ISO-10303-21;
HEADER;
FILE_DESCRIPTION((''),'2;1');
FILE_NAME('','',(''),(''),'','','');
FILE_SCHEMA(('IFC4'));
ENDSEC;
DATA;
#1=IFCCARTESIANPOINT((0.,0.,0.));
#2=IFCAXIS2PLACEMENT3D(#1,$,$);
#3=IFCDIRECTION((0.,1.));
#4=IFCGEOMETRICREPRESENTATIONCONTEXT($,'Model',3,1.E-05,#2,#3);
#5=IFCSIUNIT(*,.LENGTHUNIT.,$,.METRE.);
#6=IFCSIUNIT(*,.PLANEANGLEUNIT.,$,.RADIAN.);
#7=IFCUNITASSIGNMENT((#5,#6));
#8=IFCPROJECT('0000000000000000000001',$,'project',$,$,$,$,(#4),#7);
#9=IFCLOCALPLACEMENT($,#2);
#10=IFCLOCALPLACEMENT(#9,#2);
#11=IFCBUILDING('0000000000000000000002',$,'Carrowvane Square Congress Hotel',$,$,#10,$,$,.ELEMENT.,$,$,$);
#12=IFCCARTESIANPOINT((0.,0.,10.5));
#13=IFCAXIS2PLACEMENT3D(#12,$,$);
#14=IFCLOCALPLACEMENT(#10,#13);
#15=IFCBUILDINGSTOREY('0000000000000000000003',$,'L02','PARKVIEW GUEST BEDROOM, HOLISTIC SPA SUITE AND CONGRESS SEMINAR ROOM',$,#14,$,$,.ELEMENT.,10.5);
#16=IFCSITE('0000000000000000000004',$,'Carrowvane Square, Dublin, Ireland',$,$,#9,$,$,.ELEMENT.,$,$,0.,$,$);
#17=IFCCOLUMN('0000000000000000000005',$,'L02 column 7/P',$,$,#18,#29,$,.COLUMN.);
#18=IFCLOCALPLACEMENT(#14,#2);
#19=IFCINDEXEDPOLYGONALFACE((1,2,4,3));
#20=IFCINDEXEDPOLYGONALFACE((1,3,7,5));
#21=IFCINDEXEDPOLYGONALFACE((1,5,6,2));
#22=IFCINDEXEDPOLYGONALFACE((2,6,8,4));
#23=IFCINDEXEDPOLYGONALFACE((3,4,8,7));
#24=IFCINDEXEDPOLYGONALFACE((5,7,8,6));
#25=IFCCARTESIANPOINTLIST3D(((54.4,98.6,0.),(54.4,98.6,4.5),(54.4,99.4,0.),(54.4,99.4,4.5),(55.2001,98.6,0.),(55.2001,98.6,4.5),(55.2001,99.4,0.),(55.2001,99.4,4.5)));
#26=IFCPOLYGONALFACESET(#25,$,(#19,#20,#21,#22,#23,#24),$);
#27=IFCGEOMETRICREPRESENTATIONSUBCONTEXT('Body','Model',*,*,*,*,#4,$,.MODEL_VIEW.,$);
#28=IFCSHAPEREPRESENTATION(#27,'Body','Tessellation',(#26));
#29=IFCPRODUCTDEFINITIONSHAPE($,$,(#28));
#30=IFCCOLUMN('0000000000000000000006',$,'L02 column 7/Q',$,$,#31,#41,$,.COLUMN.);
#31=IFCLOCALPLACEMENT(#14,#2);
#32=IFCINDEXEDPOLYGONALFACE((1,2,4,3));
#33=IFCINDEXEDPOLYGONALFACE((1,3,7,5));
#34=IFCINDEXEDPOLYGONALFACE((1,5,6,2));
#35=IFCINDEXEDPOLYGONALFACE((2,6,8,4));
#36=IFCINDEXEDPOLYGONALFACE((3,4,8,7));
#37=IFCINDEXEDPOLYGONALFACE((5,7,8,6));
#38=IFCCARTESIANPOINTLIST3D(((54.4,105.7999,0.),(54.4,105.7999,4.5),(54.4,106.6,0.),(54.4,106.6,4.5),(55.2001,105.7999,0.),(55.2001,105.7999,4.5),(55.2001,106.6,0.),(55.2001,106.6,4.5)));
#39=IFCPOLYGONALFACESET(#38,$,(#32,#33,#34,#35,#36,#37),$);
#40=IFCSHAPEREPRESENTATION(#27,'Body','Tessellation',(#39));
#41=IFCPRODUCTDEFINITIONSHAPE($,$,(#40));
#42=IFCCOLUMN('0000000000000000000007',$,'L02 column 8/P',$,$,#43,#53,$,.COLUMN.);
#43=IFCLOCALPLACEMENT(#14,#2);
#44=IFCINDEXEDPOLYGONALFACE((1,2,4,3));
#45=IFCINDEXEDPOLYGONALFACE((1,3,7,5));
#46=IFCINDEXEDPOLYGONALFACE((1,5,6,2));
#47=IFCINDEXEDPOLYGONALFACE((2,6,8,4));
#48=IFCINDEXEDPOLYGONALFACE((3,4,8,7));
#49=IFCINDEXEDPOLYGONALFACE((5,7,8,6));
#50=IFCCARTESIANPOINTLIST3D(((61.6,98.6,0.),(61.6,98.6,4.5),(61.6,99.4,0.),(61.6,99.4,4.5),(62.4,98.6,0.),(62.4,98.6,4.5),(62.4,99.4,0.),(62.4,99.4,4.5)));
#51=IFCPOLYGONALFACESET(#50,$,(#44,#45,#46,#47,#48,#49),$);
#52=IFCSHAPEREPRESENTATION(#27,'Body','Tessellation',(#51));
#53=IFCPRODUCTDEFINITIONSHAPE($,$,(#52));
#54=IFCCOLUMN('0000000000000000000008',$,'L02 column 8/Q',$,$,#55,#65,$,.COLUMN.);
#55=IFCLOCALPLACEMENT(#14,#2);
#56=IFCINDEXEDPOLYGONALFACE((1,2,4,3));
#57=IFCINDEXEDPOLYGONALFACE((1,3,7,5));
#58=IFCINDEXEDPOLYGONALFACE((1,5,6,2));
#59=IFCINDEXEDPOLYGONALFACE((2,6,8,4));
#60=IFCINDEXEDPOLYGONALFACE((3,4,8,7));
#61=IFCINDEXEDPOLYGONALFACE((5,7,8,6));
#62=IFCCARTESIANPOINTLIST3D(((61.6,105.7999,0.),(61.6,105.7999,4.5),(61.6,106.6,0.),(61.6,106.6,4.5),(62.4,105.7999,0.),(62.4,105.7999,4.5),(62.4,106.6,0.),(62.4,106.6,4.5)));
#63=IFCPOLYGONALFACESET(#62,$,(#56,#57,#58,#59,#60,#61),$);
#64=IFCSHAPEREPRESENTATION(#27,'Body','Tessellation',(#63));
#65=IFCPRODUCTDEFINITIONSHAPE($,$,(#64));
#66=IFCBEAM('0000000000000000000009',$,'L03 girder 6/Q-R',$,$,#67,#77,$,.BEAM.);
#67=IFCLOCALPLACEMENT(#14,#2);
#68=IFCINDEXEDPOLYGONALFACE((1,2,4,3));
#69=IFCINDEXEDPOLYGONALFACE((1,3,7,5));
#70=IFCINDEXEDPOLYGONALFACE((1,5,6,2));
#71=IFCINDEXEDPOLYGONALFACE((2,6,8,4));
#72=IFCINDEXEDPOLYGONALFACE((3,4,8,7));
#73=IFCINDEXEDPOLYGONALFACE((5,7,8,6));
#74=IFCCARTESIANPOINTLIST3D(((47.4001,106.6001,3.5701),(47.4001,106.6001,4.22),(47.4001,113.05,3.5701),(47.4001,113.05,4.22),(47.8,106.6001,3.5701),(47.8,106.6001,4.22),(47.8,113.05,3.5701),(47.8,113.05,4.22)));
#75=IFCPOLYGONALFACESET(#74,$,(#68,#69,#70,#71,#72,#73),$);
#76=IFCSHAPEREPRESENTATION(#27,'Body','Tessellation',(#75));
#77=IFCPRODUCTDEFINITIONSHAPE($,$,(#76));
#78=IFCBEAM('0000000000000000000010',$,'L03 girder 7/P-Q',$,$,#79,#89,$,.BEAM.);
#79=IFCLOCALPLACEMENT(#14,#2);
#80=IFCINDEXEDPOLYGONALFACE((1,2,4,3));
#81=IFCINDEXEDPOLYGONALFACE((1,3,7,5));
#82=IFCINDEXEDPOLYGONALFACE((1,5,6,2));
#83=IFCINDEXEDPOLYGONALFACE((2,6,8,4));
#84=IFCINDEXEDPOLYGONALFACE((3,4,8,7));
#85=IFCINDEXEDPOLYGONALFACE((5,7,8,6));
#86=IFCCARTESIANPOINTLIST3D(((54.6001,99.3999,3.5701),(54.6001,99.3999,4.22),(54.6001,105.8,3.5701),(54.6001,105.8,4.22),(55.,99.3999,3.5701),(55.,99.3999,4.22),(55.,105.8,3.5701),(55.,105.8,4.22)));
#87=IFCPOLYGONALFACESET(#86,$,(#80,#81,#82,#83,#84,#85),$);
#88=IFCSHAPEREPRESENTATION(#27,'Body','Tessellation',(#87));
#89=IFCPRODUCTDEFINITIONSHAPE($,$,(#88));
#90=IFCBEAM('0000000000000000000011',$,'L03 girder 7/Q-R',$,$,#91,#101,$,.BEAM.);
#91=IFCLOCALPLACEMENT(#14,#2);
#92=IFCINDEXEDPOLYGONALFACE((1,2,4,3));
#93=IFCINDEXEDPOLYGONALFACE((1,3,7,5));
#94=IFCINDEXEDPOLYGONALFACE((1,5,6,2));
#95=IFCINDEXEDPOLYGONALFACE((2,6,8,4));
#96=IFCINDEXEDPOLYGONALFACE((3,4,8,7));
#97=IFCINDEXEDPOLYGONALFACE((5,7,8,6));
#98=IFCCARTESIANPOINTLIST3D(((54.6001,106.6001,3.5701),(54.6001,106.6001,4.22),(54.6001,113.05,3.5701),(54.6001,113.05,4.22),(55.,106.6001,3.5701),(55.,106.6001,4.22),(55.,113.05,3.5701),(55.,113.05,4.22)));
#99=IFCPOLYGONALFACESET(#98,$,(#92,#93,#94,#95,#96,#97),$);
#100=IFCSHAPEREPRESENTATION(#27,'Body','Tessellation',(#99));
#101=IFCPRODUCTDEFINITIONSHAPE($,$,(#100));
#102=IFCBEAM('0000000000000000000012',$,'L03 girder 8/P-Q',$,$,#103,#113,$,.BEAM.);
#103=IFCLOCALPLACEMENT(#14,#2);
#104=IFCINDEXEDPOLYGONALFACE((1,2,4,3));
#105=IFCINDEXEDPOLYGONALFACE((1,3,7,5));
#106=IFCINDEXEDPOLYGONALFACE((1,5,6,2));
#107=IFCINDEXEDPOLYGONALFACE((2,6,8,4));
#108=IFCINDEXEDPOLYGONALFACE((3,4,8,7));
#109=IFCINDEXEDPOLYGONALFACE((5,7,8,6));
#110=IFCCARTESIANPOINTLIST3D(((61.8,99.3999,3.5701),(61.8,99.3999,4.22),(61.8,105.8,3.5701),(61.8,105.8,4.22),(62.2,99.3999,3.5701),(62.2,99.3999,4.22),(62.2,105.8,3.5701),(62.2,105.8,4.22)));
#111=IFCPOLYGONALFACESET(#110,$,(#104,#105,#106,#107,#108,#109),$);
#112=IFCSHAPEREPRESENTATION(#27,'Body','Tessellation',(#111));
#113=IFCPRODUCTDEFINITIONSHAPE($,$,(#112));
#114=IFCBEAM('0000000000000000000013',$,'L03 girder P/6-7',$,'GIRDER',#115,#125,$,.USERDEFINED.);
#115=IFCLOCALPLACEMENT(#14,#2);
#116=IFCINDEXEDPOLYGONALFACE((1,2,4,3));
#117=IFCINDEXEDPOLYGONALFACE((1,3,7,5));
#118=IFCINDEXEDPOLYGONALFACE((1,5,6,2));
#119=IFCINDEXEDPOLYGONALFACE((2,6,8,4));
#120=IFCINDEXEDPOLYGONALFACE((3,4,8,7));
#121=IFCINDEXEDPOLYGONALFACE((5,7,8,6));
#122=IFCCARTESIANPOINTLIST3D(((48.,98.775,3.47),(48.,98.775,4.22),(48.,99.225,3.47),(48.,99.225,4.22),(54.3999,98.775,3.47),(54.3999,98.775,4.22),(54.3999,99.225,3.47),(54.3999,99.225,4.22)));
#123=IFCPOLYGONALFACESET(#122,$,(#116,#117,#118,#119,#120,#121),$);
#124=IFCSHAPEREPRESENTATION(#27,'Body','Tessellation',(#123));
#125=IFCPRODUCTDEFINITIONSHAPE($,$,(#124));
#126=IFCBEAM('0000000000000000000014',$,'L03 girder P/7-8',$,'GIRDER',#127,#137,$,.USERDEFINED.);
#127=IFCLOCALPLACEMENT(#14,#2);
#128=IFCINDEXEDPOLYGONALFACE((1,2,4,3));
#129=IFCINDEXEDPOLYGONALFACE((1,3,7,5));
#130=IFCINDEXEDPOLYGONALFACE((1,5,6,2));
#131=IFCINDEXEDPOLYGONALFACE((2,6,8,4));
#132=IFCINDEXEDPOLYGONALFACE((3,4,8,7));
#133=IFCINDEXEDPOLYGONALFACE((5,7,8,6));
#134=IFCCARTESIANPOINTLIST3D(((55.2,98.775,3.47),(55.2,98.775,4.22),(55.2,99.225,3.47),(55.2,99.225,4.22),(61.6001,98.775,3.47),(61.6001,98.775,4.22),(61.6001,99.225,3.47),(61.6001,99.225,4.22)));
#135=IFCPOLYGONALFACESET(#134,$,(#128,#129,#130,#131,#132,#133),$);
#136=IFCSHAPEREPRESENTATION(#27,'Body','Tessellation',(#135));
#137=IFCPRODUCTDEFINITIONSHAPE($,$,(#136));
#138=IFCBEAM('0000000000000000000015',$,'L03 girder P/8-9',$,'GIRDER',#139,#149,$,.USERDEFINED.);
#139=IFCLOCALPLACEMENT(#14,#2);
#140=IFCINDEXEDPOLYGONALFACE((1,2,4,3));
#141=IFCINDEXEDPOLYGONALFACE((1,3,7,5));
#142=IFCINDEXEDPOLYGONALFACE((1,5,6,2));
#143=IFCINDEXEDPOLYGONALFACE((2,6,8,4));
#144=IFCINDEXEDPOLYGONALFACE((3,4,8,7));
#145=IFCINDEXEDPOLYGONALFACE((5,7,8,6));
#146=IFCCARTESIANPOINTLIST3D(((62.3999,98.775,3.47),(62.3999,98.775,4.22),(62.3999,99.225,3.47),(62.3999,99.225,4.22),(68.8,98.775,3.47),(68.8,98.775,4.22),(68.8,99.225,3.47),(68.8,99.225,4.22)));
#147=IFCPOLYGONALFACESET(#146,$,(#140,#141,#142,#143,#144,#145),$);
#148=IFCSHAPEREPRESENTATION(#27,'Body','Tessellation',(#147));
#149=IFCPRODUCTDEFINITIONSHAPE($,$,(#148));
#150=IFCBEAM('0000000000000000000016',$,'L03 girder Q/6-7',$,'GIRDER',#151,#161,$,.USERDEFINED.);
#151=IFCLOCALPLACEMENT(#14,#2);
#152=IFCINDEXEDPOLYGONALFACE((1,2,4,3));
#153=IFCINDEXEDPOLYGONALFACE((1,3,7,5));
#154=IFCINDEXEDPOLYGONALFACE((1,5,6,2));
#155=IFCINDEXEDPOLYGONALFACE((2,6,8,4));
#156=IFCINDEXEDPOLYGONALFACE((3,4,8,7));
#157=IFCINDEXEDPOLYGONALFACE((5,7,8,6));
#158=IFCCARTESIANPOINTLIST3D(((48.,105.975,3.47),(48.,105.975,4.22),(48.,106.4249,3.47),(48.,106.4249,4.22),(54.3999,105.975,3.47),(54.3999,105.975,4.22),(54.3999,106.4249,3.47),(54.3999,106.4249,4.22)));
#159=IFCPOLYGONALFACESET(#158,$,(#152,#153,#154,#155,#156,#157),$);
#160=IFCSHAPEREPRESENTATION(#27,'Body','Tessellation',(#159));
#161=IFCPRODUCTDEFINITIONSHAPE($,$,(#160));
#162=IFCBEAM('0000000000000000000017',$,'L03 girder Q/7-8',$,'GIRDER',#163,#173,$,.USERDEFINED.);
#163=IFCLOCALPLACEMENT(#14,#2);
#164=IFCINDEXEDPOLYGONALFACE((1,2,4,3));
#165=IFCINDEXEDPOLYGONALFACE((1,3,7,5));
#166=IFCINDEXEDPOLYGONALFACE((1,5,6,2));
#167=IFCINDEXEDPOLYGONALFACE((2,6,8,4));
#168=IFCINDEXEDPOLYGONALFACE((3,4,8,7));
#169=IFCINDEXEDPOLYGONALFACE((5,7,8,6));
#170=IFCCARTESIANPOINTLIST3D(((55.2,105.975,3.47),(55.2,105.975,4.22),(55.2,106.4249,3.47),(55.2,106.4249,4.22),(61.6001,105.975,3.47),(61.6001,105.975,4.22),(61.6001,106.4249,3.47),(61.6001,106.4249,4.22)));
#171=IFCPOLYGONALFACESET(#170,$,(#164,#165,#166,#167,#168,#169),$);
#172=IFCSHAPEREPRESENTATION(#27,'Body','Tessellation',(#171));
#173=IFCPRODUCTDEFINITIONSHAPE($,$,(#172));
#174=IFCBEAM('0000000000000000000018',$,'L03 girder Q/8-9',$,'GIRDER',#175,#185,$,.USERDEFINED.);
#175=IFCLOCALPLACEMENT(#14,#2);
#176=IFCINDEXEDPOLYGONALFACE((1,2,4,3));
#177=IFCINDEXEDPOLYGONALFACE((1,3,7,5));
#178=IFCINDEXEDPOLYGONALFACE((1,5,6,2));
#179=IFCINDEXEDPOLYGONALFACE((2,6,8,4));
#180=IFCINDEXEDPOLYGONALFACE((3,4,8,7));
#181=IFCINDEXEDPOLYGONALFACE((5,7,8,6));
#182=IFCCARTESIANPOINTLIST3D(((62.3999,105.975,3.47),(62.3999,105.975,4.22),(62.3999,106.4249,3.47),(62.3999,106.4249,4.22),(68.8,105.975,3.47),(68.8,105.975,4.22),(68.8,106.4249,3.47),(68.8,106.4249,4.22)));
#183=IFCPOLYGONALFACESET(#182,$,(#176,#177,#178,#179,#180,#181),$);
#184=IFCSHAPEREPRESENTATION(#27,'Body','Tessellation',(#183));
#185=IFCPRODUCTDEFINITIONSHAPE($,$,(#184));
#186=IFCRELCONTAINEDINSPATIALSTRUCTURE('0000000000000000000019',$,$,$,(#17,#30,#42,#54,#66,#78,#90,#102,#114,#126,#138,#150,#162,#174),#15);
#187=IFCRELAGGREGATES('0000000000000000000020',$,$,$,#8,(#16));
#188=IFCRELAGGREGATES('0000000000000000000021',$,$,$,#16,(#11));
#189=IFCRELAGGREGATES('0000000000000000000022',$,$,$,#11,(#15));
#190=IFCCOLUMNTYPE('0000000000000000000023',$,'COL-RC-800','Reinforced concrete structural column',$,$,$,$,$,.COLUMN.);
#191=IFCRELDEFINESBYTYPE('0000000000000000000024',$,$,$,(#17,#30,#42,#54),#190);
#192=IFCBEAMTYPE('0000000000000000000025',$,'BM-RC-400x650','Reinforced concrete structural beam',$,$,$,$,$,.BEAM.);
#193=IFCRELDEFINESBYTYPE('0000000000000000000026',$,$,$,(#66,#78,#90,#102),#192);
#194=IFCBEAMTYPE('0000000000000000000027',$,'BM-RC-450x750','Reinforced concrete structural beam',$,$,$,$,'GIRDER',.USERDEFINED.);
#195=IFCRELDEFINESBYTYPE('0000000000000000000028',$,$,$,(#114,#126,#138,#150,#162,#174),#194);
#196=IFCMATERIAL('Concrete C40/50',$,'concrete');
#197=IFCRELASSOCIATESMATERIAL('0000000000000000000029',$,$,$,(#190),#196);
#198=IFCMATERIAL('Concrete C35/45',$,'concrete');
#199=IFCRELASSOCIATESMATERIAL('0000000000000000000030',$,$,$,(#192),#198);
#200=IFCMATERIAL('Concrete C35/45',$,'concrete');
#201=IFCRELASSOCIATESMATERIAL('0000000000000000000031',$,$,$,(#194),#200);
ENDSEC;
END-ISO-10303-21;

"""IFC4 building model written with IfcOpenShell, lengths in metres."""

from ifc_helpers import new_model, si_unit, direction, frame, origin, origin_2d, place, context, subcontext, project, spatial, rectangle, extrude, material, material_profile, profile_set, type_object, element, save


model = new_model("IFC4")

# Units and contexts
model_context = context("Model", 3, precision=1e-05, world=origin(), true_north=direction((0.0, 1.0)))
body_context = subcontext(model_context, "Body", "Model", "MODEL_VIEW")
ifc_project = project(units=[si_unit("LENGTHUNIT", "METRE"), si_unit("PLANEANGLEUNIT", "RADIAN")], contexts=[model_context])

# Site, building, storey
site_placement = place(None, origin())
site = spatial("IfcSite", under=ifc_project, at=site_placement, Name="Carrowvane Square, Dublin, Ireland", CompositionType="ELEMENT", RefElevation=0.0)
building_placement = place(site_placement, origin())
building = spatial("IfcBuilding", under=site, at=building_placement, Name="Carrowvane Square Congress Hotel", CompositionType="ELEMENT")
storey_placement = place(building_placement, frame((0.0, 0.0, 10.5)))
storey = spatial("IfcBuildingStorey", under=building, at=storey_placement, Name="L02", Description="PARKVIEW GUEST BEDROOM, HOLISTIC SPA SUITE AND CONGRESS SEMINAR ROOM", CompositionType="ELEMENT", Elevation=10.5)

# Columns
ifc_material_1 = material(Name="Concrete C40/50", Category="concrete")
ifc_material_profile_1 = material_profile(ifc_material_1, rectangle(XDim=0.8, YDim=0.8, at=origin_2d()), Name="RC 800x800")
ifc_profile_set_1 = profile_set([ifc_material_profile_1], Name="Concrete C40/50")
column_type = type_object("IfcColumnType", Name="COL-RC-800", Description="Reinforced concrete structural column", PredefinedType="COLUMN", material=ifc_profile_set_1)
for number, where, z_axis, x_axis, name in (
    (1, (54.8, 99.0, 0.0), (0.0, 0.0, 1.0), (1.0, 0.0, 0.0), "L02 column 7/P"),
    (2, (54.8, 106.2, 0.0), (0.0, 0.0, 1.0), (1.0, 0.0, 0.0), "L02 column 7/Q"),
    (3, (62.0, 99.0, 0.0), (0.0, 0.0, 1.0), (1.0, 0.0, 0.0), "L02 column 8/P"),
    (4, (62.0, 106.2, 0.0), (0.0, 0.0, 1.0), (1.0, 0.0, 0.0), "L02 column 8/Q"),
):
    element("IfcColumn", number, at=place(storey_placement, frame(where, z_axis=z_axis, x_axis=x_axis)), inside=storey, type_object=column_type, Name=name, PredefinedType="COLUMN", context=body_context, shape_type="SweptSolid", body=[
        extrude(rectangle(XDim=0.8, YDim=0.8, at=origin_2d()), origin(), (0.0, 0.0, 1.0), 4.5),
    ])

# Beams
ifc_material_2 = material(Name="Concrete C35/45", Category="concrete")
ifc_material_profile_2 = material_profile(ifc_material_2, rectangle(XDim=0.3999, YDim=0.6499, at=origin_2d()), Name="RC 400x650")
ifc_profile_set_2 = profile_set([ifc_material_profile_2], Name="Concrete C35/45")
beam_type_1 = type_object("IfcBeamType", Name="BM-RC-400x650", Description="Reinforced concrete structural beam", PredefinedType="BEAM", material=ifc_profile_set_2)
beam_1_placement = place(storey_placement, frame((47.6001, 106.6001, 3.895), z_axis=(0.0, 1.0, 0.0), x_axis=(-1.0, 0.0, 0.0)))
element("IfcBeam", 5, at=beam_1_placement, inside=storey, type_object=beam_type_1, Name="L03 girder 6/Q-R", PredefinedType="BEAM", context=body_context, shape_type="SweptSolid", body=[
    extrude(rectangle(XDim=0.3999, YDim=0.6499, at=origin_2d()), origin(), (0.0, 0.0, 1.0), 6.45),
])
beam_2_placement = place(storey_placement, frame((54.8, 99.3999, 3.895), z_axis=(0.0, 1.0, 0.0), x_axis=(-1.0, 0.0, 0.0)))
element("IfcBeam", 6, at=beam_2_placement, inside=storey, type_object=beam_type_1, Name="L03 girder 7/P-Q", PredefinedType="BEAM", context=body_context, shape_type="SweptSolid", body=[
    extrude(rectangle(XDim=0.3999, YDim=0.6499, at=origin_2d()), origin(), (0.0, 0.0, 1.0), 6.4001),
])
beam_3_placement = place(storey_placement, frame((54.8, 106.6001, 3.895), z_axis=(0.0, 1.0, 0.0), x_axis=(-1.0, 0.0, 0.0)))
element("IfcBeam", 7, at=beam_3_placement, inside=storey, type_object=beam_type_1, Name="L03 girder 7/Q-R", PredefinedType="BEAM", context=body_context, shape_type="SweptSolid", body=[
    extrude(rectangle(XDim=0.3999, YDim=0.6499, at=origin_2d()), origin(), (0.0, 0.0, 1.0), 6.45),
])
beam_4_placement = place(storey_placement, frame((62.0, 99.3999, 3.895), z_axis=(0.0, 1.0, 0.0), x_axis=(-1.0, 0.0, 0.0)))
element("IfcBeam", 8, at=beam_4_placement, inside=storey, type_object=beam_type_1, Name="L03 girder 8/P-Q", PredefinedType="BEAM", context=body_context, shape_type="SweptSolid", body=[
    extrude(rectangle(XDim=0.3999, YDim=0.6499, at=origin_2d()), origin(), (0.0, 0.0, 1.0), 6.4001),
])
ifc_material_3 = material(Name="Concrete C35/45", Category="concrete")
ifc_material_profile_3 = material_profile(ifc_material_3, rectangle(XDim=0.45, YDim=0.75, at=origin_2d()), Name="RC 450x750")
ifc_profile_set_3 = profile_set([ifc_material_profile_3], Name="Concrete C35/45")
beam_type_2 = type_object("IfcBeamType", Name="BM-RC-450x750", Description="Reinforced concrete structural beam", ElementType="GIRDER", PredefinedType="USERDEFINED", material=ifc_profile_set_3)
beam_5_placement = place(storey_placement, frame((48.0, 99.0, 3.845), z_axis=(1.0, 0.0, 0.0), x_axis=(0.0, 1.0, 0.0)))
element("IfcBeam", 9, at=beam_5_placement, inside=storey, type_object=beam_type_2, Name="L03 girder P/6-7", ObjectType="GIRDER", PredefinedType="USERDEFINED", context=body_context, shape_type="SweptSolid", body=[
    extrude(rectangle(XDim=0.45, YDim=0.75, at=origin_2d()), origin(), (0.0, 0.0, 1.0), 6.3999),
])
for number, where, z_axis, x_axis, name in (
    (10, (55.2, 99.0, 3.845), (1.0, 0.0, 0.0), (0.0, 1.0, 0.0), "L03 girder P/7-8"),
    (11, (62.3999, 99.0, 3.845), (1.0, 0.0, 0.0), (0.0, 1.0, 0.0), "L03 girder P/8-9"),
):
    element("IfcBeam", number, at=place(storey_placement, frame(where, z_axis=z_axis, x_axis=x_axis)), inside=storey, type_object=beam_type_2, Name=name, ObjectType="GIRDER", PredefinedType="USERDEFINED", context=body_context, shape_type="SweptSolid", body=[
        extrude(rectangle(XDim=0.45, YDim=0.75, at=origin_2d()), origin(), (0.0, 0.0, 1.0), 6.4001),
    ])
beam_6_placement = place(storey_placement, frame((48.0, 106.2, 3.845), z_axis=(1.0, 0.0, 0.0), x_axis=(0.0, 1.0, 0.0)))
element("IfcBeam", 12, at=beam_6_placement, inside=storey, type_object=beam_type_2, Name="L03 girder Q/6-7", ObjectType="GIRDER", PredefinedType="USERDEFINED", context=body_context, shape_type="SweptSolid", body=[
    extrude(rectangle(XDim=0.45, YDim=0.75, at=origin_2d()), origin(), (0.0, 0.0, 1.0), 6.3999),
])
for number, where, z_axis, x_axis, name in (
    (13, (55.2, 106.2, 3.845), (1.0, 0.0, 0.0), (0.0, 1.0, 0.0), "L03 girder Q/7-8"),
    (14, (62.3999, 106.2, 3.845), (1.0, 0.0, 0.0), (0.0, 1.0, 0.0), "L03 girder Q/8-9"),
):
    element("IfcBeam", number, at=place(storey_placement, frame(where, z_axis=z_axis, x_axis=x_axis)), inside=storey, type_object=beam_type_2, Name=name, ObjectType="GIRDER", PredefinedType="USERDEFINED", context=body_context, shape_type="SweptSolid", body=[
        extrude(rectangle(XDim=0.45, YDim=0.75, at=origin_2d()), origin(), (0.0, 0.0, 1.0), 6.4001),
    ])

save(model, "model.ifc")
